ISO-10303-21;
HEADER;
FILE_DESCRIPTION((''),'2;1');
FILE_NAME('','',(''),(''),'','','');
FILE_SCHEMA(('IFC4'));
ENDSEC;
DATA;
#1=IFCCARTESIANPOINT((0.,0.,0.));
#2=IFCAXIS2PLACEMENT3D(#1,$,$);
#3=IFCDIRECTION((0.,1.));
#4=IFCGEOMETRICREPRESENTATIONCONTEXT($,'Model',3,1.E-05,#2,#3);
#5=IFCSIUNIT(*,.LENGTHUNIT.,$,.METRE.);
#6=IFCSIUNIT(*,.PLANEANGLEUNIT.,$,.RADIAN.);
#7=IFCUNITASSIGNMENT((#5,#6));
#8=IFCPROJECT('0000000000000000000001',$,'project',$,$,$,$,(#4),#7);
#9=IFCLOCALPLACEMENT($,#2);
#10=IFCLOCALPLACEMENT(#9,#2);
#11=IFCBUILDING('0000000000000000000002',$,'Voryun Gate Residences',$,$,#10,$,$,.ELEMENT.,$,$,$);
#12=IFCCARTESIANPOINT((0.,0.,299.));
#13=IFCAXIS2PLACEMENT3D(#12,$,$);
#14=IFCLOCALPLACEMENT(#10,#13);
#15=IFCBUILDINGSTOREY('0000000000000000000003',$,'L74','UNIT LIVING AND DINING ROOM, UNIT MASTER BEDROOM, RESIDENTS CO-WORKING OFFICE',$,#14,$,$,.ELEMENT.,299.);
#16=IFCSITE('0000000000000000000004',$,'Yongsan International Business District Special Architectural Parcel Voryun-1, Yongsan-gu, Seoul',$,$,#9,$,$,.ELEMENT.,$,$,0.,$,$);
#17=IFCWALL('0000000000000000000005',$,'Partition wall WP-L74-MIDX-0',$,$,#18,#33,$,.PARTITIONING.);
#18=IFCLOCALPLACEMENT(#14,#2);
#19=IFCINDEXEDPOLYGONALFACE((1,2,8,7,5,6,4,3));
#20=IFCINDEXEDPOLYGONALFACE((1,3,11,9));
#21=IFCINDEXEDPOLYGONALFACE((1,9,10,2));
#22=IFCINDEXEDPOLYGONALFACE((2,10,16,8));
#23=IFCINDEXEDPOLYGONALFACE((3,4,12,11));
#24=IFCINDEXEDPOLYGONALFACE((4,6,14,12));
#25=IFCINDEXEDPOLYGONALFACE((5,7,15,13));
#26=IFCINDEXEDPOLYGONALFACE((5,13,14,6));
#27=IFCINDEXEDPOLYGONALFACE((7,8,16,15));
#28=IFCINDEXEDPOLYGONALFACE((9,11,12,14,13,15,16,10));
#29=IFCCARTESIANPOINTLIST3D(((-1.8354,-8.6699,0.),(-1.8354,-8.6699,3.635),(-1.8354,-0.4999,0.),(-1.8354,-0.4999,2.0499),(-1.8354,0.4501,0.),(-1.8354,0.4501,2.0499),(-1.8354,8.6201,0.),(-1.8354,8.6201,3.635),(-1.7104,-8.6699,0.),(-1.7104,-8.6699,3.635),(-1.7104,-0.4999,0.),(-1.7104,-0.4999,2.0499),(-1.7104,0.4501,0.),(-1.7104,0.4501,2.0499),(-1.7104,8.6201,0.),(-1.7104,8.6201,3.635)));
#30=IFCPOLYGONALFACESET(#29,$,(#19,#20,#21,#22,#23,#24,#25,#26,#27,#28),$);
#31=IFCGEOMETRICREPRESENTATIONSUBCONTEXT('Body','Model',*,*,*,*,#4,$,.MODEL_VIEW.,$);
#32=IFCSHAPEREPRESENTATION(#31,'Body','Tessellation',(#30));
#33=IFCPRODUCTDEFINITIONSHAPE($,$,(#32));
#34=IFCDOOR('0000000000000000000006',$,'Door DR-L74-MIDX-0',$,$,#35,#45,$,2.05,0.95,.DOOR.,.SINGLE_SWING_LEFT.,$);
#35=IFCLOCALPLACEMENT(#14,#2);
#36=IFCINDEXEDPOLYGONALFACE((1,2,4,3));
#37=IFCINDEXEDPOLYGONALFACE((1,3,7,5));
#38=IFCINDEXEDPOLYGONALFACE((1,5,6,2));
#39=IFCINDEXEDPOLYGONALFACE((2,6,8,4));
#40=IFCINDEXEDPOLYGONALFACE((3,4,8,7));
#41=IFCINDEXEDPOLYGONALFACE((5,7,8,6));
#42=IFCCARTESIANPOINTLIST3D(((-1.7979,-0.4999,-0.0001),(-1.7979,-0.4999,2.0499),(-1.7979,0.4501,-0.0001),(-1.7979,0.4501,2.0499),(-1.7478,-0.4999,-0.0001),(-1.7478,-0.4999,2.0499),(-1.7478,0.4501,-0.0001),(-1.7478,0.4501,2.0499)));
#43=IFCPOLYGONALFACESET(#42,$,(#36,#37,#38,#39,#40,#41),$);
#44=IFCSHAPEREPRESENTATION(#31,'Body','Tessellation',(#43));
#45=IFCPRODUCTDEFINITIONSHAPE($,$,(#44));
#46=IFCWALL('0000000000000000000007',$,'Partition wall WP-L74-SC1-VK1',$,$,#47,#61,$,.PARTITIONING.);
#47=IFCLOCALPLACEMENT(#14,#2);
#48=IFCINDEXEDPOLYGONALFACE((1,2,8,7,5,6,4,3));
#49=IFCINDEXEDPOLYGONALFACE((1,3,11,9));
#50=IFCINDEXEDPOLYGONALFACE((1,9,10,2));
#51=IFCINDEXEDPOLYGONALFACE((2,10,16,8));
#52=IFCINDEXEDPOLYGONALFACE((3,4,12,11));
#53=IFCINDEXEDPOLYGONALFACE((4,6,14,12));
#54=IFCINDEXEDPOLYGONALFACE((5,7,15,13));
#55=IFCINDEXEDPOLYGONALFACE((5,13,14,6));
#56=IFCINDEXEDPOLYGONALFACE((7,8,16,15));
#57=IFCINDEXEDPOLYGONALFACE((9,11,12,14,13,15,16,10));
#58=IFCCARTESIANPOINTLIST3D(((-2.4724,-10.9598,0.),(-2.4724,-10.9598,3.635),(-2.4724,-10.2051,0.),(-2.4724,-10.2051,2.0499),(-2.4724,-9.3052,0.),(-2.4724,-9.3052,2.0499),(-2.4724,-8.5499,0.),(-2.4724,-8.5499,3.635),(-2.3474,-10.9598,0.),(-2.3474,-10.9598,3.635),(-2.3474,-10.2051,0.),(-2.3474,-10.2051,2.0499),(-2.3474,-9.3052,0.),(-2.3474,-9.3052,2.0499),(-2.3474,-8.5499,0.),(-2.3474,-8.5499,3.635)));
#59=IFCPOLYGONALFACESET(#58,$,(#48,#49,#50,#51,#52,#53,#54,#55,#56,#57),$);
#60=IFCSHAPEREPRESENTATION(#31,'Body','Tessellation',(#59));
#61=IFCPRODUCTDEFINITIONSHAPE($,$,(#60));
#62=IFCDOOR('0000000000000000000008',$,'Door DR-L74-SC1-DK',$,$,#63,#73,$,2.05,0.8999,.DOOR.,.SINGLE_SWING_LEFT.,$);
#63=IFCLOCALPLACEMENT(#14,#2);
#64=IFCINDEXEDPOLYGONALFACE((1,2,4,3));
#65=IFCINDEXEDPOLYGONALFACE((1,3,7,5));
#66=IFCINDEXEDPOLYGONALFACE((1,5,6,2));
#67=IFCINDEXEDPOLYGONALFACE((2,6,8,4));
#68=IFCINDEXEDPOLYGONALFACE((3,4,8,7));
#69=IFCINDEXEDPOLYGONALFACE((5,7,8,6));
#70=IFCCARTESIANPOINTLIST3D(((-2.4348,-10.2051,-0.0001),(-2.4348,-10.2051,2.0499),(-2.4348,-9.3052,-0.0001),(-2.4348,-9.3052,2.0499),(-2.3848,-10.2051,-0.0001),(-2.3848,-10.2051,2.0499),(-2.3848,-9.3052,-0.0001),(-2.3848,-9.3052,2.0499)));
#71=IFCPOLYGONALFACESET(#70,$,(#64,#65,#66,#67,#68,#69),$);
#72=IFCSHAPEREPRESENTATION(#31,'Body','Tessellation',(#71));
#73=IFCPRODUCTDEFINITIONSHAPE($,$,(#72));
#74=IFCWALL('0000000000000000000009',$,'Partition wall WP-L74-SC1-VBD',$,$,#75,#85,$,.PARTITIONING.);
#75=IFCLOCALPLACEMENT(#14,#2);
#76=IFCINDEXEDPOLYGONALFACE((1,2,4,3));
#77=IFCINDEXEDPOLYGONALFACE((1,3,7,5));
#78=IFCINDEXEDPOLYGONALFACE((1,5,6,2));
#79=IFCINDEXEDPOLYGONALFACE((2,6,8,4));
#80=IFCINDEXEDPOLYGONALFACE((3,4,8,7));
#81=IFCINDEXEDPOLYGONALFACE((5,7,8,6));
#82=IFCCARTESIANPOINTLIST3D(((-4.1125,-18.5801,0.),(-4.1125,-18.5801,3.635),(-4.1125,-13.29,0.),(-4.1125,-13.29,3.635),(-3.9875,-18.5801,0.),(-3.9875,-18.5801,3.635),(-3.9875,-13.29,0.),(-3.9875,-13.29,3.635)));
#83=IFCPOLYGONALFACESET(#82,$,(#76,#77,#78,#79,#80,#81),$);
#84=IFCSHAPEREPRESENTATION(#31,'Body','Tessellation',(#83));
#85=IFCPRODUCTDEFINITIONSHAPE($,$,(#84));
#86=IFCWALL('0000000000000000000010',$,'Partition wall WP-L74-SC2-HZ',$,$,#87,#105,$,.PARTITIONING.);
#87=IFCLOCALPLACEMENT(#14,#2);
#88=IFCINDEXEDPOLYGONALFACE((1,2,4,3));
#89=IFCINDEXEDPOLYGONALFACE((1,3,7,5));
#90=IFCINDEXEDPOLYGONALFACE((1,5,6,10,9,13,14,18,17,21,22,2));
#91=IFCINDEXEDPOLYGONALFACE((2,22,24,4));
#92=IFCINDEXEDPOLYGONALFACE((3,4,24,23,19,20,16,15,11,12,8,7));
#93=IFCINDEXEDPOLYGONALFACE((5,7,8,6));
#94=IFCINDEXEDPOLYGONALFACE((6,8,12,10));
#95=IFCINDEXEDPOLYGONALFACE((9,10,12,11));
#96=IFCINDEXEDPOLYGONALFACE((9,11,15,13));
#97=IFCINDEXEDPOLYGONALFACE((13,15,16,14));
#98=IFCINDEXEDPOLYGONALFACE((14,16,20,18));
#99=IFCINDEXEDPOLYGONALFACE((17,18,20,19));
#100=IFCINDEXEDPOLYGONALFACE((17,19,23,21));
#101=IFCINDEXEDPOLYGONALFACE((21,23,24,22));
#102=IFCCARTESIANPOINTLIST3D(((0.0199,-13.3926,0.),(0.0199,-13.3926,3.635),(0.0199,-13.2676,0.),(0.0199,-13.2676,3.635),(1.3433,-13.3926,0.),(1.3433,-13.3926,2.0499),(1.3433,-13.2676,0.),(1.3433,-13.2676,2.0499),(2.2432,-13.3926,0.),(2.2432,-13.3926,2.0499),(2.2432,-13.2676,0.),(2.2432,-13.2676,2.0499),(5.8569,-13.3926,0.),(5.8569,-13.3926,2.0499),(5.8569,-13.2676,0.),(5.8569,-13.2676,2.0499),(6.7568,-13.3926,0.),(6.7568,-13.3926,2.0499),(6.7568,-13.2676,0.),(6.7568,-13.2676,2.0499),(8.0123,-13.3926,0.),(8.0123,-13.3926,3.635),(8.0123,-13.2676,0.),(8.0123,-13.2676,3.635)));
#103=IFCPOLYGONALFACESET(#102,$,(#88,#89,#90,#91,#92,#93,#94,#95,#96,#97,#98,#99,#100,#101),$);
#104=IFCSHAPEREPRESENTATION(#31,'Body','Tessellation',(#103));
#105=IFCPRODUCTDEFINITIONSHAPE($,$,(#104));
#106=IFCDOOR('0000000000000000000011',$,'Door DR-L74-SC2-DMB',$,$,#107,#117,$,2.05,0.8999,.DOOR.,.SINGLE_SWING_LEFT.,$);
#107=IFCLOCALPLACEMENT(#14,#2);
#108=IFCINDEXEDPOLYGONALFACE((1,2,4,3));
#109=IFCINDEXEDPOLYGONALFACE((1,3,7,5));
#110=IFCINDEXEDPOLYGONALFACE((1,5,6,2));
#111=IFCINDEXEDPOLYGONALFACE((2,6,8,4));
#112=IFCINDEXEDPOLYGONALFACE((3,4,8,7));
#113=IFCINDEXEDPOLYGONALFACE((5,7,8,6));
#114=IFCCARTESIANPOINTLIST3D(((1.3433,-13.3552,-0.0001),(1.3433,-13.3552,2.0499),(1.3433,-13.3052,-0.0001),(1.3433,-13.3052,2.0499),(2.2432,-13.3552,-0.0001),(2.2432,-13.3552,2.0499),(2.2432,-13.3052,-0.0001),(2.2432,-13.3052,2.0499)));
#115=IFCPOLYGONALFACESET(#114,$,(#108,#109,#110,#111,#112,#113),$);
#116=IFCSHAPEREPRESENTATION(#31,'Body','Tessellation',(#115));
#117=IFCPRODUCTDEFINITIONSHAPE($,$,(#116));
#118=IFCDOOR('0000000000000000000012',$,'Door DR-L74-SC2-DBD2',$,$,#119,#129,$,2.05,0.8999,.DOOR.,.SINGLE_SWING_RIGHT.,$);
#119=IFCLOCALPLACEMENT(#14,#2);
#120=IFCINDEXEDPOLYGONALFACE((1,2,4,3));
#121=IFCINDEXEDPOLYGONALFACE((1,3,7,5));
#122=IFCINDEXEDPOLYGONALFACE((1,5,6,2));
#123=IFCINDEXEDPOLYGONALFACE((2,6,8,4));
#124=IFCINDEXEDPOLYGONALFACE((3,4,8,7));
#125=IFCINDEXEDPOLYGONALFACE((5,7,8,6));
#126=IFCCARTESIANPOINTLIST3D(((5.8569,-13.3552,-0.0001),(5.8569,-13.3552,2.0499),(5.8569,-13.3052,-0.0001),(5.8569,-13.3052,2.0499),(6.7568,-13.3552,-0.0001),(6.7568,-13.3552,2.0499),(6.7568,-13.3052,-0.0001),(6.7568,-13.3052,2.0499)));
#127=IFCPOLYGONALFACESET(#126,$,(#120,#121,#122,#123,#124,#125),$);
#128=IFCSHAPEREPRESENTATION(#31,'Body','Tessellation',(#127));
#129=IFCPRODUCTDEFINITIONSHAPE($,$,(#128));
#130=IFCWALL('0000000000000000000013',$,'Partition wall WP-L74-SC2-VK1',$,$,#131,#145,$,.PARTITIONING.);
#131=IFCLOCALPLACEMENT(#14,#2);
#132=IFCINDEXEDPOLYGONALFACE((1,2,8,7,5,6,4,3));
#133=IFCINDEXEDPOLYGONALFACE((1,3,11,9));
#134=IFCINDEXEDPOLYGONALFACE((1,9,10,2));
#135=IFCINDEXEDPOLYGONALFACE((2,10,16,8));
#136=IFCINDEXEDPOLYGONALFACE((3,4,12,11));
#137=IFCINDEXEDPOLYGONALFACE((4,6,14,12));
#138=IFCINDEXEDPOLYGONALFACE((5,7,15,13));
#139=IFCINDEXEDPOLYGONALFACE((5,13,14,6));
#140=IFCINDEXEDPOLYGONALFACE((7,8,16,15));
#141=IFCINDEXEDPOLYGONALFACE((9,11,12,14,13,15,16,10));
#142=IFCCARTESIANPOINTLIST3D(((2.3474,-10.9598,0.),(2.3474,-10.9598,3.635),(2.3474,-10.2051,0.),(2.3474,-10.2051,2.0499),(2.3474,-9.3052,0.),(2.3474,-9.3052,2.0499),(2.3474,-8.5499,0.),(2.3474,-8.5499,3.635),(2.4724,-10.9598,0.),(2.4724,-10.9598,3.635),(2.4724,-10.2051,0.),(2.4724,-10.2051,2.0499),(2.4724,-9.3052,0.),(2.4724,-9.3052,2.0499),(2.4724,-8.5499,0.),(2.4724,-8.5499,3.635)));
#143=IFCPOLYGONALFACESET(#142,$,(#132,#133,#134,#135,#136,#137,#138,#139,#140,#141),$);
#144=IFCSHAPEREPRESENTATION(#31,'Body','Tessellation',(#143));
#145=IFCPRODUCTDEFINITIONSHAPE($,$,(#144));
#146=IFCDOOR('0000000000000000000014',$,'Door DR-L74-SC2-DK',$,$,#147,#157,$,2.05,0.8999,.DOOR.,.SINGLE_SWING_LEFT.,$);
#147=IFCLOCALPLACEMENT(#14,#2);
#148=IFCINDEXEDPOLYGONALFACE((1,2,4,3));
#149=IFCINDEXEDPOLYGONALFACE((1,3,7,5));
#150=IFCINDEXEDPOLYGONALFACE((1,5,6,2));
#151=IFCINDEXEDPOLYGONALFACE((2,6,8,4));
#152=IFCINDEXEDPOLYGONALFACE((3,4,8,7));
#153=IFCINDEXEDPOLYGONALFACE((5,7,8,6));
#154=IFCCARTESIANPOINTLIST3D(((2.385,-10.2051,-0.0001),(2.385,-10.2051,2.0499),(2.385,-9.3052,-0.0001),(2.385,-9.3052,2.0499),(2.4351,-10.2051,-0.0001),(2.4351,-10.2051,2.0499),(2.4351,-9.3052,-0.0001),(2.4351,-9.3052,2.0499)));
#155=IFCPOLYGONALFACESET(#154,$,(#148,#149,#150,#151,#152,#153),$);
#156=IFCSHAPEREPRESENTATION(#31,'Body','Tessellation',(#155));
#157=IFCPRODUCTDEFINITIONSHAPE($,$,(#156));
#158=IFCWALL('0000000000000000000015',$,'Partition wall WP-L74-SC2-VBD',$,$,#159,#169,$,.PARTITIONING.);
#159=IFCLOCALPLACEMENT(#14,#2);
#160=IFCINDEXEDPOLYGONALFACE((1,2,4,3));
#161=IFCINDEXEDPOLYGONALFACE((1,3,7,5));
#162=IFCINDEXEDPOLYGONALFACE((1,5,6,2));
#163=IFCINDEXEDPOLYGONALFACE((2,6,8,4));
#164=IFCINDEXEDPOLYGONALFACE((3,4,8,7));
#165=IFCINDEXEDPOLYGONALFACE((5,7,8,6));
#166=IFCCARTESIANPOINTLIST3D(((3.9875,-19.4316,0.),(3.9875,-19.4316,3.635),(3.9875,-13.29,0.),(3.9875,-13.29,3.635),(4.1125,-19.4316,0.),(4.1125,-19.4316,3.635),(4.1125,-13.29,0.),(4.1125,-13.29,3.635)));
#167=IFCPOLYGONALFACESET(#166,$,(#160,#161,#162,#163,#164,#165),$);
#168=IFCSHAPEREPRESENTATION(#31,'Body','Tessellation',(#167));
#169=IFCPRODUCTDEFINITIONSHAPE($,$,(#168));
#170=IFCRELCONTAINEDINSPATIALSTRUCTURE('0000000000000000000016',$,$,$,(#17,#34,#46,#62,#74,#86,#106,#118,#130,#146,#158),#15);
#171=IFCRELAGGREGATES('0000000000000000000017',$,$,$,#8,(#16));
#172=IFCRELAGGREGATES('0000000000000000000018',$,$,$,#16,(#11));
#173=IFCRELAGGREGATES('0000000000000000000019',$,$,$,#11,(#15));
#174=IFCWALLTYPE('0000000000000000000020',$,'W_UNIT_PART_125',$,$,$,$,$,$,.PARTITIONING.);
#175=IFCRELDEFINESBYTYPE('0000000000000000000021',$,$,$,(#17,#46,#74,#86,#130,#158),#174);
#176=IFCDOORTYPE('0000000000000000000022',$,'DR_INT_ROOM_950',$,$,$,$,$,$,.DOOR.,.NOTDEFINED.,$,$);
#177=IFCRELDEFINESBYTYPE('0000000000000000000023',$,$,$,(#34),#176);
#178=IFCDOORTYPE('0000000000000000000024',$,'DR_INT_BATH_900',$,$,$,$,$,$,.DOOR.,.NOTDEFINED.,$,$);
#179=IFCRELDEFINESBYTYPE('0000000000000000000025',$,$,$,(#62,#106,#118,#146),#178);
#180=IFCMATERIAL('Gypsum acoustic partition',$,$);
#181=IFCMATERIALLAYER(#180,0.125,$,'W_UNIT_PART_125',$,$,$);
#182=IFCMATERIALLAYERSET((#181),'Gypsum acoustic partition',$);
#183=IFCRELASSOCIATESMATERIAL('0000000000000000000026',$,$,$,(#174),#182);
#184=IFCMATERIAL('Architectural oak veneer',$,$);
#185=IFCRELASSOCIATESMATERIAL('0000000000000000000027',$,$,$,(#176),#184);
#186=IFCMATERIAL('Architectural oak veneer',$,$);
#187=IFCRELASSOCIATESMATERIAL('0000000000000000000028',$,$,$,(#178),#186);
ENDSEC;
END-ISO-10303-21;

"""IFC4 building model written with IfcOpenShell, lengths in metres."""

from ifc_helpers import new_model, si_unit, direction, frame, frame_2d, origin, place, context, subcontext, project, spatial, rectangle, extrude, material, layer, layer_set, type_object, element, fill, save


model = new_model("IFC4")

# Units and contexts
model_context = context("Model", 3, precision=1e-05, world=origin(), true_north=direction((0.0, 1.0)))
body_context = subcontext(model_context, "Body", "Model", "MODEL_VIEW")
ifc_project = project(units=[si_unit("LENGTHUNIT", "METRE"), si_unit("PLANEANGLEUNIT", "RADIAN")], contexts=[model_context])

# Site, building, storey
site_placement = place(None, origin())
site = spatial("IfcSite", under=ifc_project, at=site_placement, Name="Yongsan International Business District Special Architectural Parcel Voryun-1, Yongsan-gu, Seoul", CompositionType="ELEMENT", RefElevation=0.0)
building_placement = place(site_placement, origin())
building = spatial("IfcBuilding", under=site, at=building_placement, Name="Voryun Gate Residences", CompositionType="ELEMENT")
storey_placement = place(building_placement, frame((0.0, 0.0, 299.0)))
storey = spatial("IfcBuildingStorey", under=building, at=storey_placement, Name="L74", Description="UNIT LIVING AND DINING ROOM, UNIT MASTER BEDROOM, RESIDENTS CO-WORKING OFFICE", CompositionType="ELEMENT", Elevation=299.0)

# Walls, openings, doors
ifc_material_1 = material(Name="Gypsum acoustic partition")
ifc_layer_1 = layer(ifc_material_1, 0.125, Name="W_UNIT_PART_125")
ifc_layer_set_1 = layer_set([ifc_layer_1], Name="Gypsum acoustic partition")
wall_type_1 = type_object("IfcWallType", Name="W_UNIT_PART_125", PredefinedType="PARTITIONING", material=ifc_layer_set_1)
wall_1_placement = place(storey_placement, frame((-1.7729, -8.6699, 0.0), z_axis=(0.0, 0.0, 1.0), x_axis=(0.0, 1.0, 0.0)))
wall_1 = element("IfcWall", 1, at=wall_1_placement, inside=storey, type_object=wall_type_1, Name="Partition wall WP-L74-MIDX-0", PredefinedType="PARTITIONING", context=body_context, shape_type="SweptSolid", body=[
    extrude(rectangle(XDim=17.29, YDim=0.125, at=frame_2d((8.645, 0.0))), origin(), (0.0, 0.0, 1.0), 3.635),
])
opening_1_placement = place(wall_1_placement, frame((8.1699, 0.0, 0.0)))
opening_1 = element("IfcOpeningElement", 2, at=opening_1_placement, cuts=wall_1, PredefinedType="OPENING", context=body_context, shape_type="SweptSolid", body=[
    extrude(rectangle(XDim=0.95, YDim=2.05, at=frame_2d((0.4751, 1.0249))), frame((0.0, 0.0725, 0.0), z_axis=(0.0, -1.0, 0.0), x_axis=(1.0, 0.0, 0.0)), (0.0, 0.0, 1.0), 0.145),
])
ifc_material_2 = material(Name="Architectural oak veneer")
door_type_1 = type_object("IfcDoorType", Name="DR_INT_ROOM_950", OperationType="NOTDEFINED", PredefinedType="DOOR", material=ifc_material_2)
door_1_placement = place(opening_1_placement, origin())
door_1 = element("IfcDoor", 3, at=door_1_placement, inside=storey, type_object=door_type_1, Name="Door DR-L74-MIDX-0", OperationType="SINGLE_SWING_LEFT", OverallHeight=2.05, OverallWidth=0.95, PredefinedType="DOOR", context=body_context, shape_type="SweptSolid", body=[
    extrude(rectangle(XDim=0.95, YDim=2.05, at=frame_2d((0.4751, 1.0249))), frame((0.0, 0.0249, 0.0), z_axis=(0.0, -1.0, 0.0), x_axis=(1.0, 0.0, 0.0)), (0.0, 0.0, 1.0), 0.05),
])
fill(opening_1, door_1)
wall_2_placement = place(storey_placement, frame((-2.4099, -10.96, 0.0), z_axis=(0.0, 0.0, 1.0), x_axis=(0.0, 1.0, 0.0)))
wall_2 = element("IfcWall", 4, at=wall_2_placement, inside=storey, type_object=wall_type_1, Name="Partition wall WP-L74-SC1-VK1", PredefinedType="PARTITIONING", context=body_context, shape_type="SweptSolid", body=[
    extrude(rectangle(XDim=2.4099, YDim=0.125, at=frame_2d((1.2051, 0.0))), origin(), (0.0, 0.0, 1.0), 3.635),
])
opening_2_placement = place(wall_2_placement, frame((0.7549, 0.0, 0.0)))
opening_2 = element("IfcOpeningElement", 5, at=opening_2_placement, cuts=wall_2, PredefinedType="OPENING", context=body_context, shape_type="SweptSolid", body=[
    extrude(rectangle(XDim=0.8999, YDim=2.05, at=frame_2d((0.45, 1.0249))), frame((0.0, 0.0725, 0.0), z_axis=(0.0, -1.0, 0.0), x_axis=(1.0, 0.0, 0.0)), (0.0, 0.0, 1.0), 0.145),
])
ifc_material_3 = material(Name="Architectural oak veneer")
door_type_2 = type_object("IfcDoorType", Name="DR_INT_BATH_900", OperationType="NOTDEFINED", PredefinedType="DOOR", material=ifc_material_3)
door_2_placement = place(opening_2_placement, origin())
door_2 = element("IfcDoor", 6, at=door_2_placement, inside=storey, type_object=door_type_2, Name="Door DR-L74-SC1-DK", OperationType="SINGLE_SWING_LEFT", OverallHeight=2.05, OverallWidth=0.8999, PredefinedType="DOOR", context=body_context, shape_type="SweptSolid", body=[
    extrude(rectangle(XDim=0.8999, YDim=2.05, at=frame_2d((0.45, 1.0249))), frame((0.0, 0.0249, 0.0), z_axis=(0.0, -1.0, 0.0), x_axis=(1.0, 0.0, 0.0)), (0.0, 0.0, 1.0), 0.05),
])
fill(opening_2, door_2)

# Wall
wall_3_placement = place(storey_placement, frame((-4.05, -18.5801, 0.0), z_axis=(0.0, 0.0, 1.0), x_axis=(0.0, 1.0, 0.0)))
element("IfcWall", 7, at=wall_3_placement, inside=storey, type_object=wall_type_1, Name="Partition wall WP-L74-SC1-VBD", PredefinedType="PARTITIONING", context=body_context, shape_type="SweptSolid", body=[
    extrude(rectangle(XDim=5.29, YDim=0.125, at=frame_2d((2.645, 0.0))), origin(), (0.0, 0.0, 1.0), 3.635),
])

# Wall, openings, doors
wall_4_placement = place(storey_placement, frame((0.02, -13.3301, 0.0), z_axis=(0.0, 0.0, 1.0), x_axis=(1.0, 0.0, 0.0)))
wall_4 = element("IfcWall", 8, at=wall_4_placement, inside=storey, type_object=wall_type_1, Name="Partition wall WP-L74-SC2-HZ", PredefinedType="PARTITIONING", context=body_context, shape_type="SweptSolid", body=[
    extrude(rectangle(XDim=7.9924, YDim=0.125, at=frame_2d((3.9961, 0.0))), origin(), (0.0, 0.0, 1.0), 3.635),
])
opening_3_placement = place(wall_4_placement, frame((1.3232, 0.0, 0.0)))
opening_3 = element("IfcOpeningElement", 9, at=opening_3_placement, cuts=wall_4, PredefinedType="OPENING", context=body_context, shape_type="SweptSolid", body=[
    extrude(rectangle(XDim=0.8999, YDim=2.05, at=frame_2d((0.45, 1.0249))), frame((0.0, 0.0725, 0.0), z_axis=(0.0, -1.0, 0.0), x_axis=(1.0, 0.0, 0.0)), (0.0, 0.0, 1.0), 0.145),
])
opening_4_placement = place(wall_4_placement, frame((5.8369, 0.0, 0.0)))
opening_4 = element("IfcOpeningElement", 10, at=opening_4_placement, cuts=wall_4, PredefinedType="OPENING", context=body_context, shape_type="SweptSolid", body=[
    extrude(rectangle(XDim=0.8999, YDim=2.05, at=frame_2d((0.45, 1.0249))), frame((0.0, 0.0725, 0.0), z_axis=(0.0, -1.0, 0.0), x_axis=(1.0, 0.0, 0.0)), (0.0, 0.0, 1.0), 0.145),
])
door_3_placement = place(opening_3_placement, origin())
door_3 = element("IfcDoor", 11, at=door_3_placement, inside=storey, type_object=door_type_2, Name="Door DR-L74-SC2-DMB", OperationType="SINGLE_SWING_LEFT", OverallHeight=2.05, OverallWidth=0.8999, PredefinedType="DOOR", context=body_context, shape_type="SweptSolid", body=[
    extrude(rectangle(XDim=0.8999, YDim=2.05, at=frame_2d((0.45, 1.0249))), frame((0.0, 0.0249, 0.0), z_axis=(0.0, -1.0, 0.0), x_axis=(1.0, 0.0, 0.0)), (0.0, 0.0, 1.0), 0.05),
])
fill(opening_3, door_3)
door_4_placement = place(opening_4_placement, origin())
door_4 = element("IfcDoor", 12, at=door_4_placement, inside=storey, type_object=door_type_2, Name="Door DR-L74-SC2-DBD2", OperationType="SINGLE_SWING_RIGHT", OverallHeight=2.05, OverallWidth=0.8999, PredefinedType="DOOR", context=body_context, shape_type="SweptSolid", body=[
    extrude(rectangle(XDim=0.8999, YDim=2.05, at=frame_2d((0.45, 1.0249))), frame((0.0, 0.0249, 0.0), z_axis=(0.0, -1.0, 0.0), x_axis=(1.0, 0.0, 0.0)), (0.0, 0.0, 1.0), 0.05),
])
fill(opening_4, door_4)

# Wall, opening, door
wall_5_placement = place(storey_placement, frame((2.4099, -10.96, 0.0), z_axis=(0.0, 0.0, 1.0), x_axis=(0.0, 1.0, 0.0)))
wall_5 = element("IfcWall", 13, at=wall_5_placement, inside=storey, type_object=wall_type_1, Name="Partition wall WP-L74-SC2-VK1", PredefinedType="PARTITIONING", context=body_context, shape_type="SweptSolid", body=[
    extrude(rectangle(XDim=2.4099, YDim=0.125, at=frame_2d((1.2051, 0.0))), origin(), (0.0, 0.0, 1.0), 3.635),
])
opening_5_placement = place(wall_5_placement, frame((0.7549, 0.0, 0.0)))
opening_5 = element("IfcOpeningElement", 14, at=opening_5_placement, cuts=wall_5, PredefinedType="OPENING", context=body_context, shape_type="SweptSolid", body=[
    extrude(rectangle(XDim=0.8999, YDim=2.05, at=frame_2d((0.45, 1.0249))), frame((0.0, 0.0725, 0.0), z_axis=(0.0, -1.0, 0.0), x_axis=(1.0, 0.0, 0.0)), (0.0, 0.0, 1.0), 0.145),
])
door_5_placement = place(opening_5_placement, origin())
door_5 = element("IfcDoor", 15, at=door_5_placement, inside=storey, type_object=door_type_2, Name="Door DR-L74-SC2-DK", OperationType="SINGLE_SWING_LEFT", OverallHeight=2.05, OverallWidth=0.8999, PredefinedType="DOOR", context=body_context, shape_type="SweptSolid", body=[
    extrude(rectangle(XDim=0.8999, YDim=2.05, at=frame_2d((0.45, 1.0249))), frame((0.0, 0.0249, 0.0), z_axis=(0.0, -1.0, 0.0), x_axis=(1.0, 0.0, 0.0)), (0.0, 0.0, 1.0), 0.05),
])
fill(opening_5, door_5)

# Wall
wall_6_placement = place(storey_placement, frame((4.05, -19.4316, 0.0), z_axis=(0.0, 0.0, 1.0), x_axis=(0.0, 1.0, 0.0)))
element("IfcWall", 16, at=wall_6_placement, inside=storey, type_object=wall_type_1, Name="Partition wall WP-L74-SC2-VBD", PredefinedType="PARTITIONING", context=body_context, shape_type="SweptSolid", body=[
    extrude(rectangle(XDim=6.1416, YDim=0.125, at=frame_2d((3.0708, 0.0))), origin(), (0.0, 0.0, 1.0), 3.635),
])

save(model, "model.ifc")
